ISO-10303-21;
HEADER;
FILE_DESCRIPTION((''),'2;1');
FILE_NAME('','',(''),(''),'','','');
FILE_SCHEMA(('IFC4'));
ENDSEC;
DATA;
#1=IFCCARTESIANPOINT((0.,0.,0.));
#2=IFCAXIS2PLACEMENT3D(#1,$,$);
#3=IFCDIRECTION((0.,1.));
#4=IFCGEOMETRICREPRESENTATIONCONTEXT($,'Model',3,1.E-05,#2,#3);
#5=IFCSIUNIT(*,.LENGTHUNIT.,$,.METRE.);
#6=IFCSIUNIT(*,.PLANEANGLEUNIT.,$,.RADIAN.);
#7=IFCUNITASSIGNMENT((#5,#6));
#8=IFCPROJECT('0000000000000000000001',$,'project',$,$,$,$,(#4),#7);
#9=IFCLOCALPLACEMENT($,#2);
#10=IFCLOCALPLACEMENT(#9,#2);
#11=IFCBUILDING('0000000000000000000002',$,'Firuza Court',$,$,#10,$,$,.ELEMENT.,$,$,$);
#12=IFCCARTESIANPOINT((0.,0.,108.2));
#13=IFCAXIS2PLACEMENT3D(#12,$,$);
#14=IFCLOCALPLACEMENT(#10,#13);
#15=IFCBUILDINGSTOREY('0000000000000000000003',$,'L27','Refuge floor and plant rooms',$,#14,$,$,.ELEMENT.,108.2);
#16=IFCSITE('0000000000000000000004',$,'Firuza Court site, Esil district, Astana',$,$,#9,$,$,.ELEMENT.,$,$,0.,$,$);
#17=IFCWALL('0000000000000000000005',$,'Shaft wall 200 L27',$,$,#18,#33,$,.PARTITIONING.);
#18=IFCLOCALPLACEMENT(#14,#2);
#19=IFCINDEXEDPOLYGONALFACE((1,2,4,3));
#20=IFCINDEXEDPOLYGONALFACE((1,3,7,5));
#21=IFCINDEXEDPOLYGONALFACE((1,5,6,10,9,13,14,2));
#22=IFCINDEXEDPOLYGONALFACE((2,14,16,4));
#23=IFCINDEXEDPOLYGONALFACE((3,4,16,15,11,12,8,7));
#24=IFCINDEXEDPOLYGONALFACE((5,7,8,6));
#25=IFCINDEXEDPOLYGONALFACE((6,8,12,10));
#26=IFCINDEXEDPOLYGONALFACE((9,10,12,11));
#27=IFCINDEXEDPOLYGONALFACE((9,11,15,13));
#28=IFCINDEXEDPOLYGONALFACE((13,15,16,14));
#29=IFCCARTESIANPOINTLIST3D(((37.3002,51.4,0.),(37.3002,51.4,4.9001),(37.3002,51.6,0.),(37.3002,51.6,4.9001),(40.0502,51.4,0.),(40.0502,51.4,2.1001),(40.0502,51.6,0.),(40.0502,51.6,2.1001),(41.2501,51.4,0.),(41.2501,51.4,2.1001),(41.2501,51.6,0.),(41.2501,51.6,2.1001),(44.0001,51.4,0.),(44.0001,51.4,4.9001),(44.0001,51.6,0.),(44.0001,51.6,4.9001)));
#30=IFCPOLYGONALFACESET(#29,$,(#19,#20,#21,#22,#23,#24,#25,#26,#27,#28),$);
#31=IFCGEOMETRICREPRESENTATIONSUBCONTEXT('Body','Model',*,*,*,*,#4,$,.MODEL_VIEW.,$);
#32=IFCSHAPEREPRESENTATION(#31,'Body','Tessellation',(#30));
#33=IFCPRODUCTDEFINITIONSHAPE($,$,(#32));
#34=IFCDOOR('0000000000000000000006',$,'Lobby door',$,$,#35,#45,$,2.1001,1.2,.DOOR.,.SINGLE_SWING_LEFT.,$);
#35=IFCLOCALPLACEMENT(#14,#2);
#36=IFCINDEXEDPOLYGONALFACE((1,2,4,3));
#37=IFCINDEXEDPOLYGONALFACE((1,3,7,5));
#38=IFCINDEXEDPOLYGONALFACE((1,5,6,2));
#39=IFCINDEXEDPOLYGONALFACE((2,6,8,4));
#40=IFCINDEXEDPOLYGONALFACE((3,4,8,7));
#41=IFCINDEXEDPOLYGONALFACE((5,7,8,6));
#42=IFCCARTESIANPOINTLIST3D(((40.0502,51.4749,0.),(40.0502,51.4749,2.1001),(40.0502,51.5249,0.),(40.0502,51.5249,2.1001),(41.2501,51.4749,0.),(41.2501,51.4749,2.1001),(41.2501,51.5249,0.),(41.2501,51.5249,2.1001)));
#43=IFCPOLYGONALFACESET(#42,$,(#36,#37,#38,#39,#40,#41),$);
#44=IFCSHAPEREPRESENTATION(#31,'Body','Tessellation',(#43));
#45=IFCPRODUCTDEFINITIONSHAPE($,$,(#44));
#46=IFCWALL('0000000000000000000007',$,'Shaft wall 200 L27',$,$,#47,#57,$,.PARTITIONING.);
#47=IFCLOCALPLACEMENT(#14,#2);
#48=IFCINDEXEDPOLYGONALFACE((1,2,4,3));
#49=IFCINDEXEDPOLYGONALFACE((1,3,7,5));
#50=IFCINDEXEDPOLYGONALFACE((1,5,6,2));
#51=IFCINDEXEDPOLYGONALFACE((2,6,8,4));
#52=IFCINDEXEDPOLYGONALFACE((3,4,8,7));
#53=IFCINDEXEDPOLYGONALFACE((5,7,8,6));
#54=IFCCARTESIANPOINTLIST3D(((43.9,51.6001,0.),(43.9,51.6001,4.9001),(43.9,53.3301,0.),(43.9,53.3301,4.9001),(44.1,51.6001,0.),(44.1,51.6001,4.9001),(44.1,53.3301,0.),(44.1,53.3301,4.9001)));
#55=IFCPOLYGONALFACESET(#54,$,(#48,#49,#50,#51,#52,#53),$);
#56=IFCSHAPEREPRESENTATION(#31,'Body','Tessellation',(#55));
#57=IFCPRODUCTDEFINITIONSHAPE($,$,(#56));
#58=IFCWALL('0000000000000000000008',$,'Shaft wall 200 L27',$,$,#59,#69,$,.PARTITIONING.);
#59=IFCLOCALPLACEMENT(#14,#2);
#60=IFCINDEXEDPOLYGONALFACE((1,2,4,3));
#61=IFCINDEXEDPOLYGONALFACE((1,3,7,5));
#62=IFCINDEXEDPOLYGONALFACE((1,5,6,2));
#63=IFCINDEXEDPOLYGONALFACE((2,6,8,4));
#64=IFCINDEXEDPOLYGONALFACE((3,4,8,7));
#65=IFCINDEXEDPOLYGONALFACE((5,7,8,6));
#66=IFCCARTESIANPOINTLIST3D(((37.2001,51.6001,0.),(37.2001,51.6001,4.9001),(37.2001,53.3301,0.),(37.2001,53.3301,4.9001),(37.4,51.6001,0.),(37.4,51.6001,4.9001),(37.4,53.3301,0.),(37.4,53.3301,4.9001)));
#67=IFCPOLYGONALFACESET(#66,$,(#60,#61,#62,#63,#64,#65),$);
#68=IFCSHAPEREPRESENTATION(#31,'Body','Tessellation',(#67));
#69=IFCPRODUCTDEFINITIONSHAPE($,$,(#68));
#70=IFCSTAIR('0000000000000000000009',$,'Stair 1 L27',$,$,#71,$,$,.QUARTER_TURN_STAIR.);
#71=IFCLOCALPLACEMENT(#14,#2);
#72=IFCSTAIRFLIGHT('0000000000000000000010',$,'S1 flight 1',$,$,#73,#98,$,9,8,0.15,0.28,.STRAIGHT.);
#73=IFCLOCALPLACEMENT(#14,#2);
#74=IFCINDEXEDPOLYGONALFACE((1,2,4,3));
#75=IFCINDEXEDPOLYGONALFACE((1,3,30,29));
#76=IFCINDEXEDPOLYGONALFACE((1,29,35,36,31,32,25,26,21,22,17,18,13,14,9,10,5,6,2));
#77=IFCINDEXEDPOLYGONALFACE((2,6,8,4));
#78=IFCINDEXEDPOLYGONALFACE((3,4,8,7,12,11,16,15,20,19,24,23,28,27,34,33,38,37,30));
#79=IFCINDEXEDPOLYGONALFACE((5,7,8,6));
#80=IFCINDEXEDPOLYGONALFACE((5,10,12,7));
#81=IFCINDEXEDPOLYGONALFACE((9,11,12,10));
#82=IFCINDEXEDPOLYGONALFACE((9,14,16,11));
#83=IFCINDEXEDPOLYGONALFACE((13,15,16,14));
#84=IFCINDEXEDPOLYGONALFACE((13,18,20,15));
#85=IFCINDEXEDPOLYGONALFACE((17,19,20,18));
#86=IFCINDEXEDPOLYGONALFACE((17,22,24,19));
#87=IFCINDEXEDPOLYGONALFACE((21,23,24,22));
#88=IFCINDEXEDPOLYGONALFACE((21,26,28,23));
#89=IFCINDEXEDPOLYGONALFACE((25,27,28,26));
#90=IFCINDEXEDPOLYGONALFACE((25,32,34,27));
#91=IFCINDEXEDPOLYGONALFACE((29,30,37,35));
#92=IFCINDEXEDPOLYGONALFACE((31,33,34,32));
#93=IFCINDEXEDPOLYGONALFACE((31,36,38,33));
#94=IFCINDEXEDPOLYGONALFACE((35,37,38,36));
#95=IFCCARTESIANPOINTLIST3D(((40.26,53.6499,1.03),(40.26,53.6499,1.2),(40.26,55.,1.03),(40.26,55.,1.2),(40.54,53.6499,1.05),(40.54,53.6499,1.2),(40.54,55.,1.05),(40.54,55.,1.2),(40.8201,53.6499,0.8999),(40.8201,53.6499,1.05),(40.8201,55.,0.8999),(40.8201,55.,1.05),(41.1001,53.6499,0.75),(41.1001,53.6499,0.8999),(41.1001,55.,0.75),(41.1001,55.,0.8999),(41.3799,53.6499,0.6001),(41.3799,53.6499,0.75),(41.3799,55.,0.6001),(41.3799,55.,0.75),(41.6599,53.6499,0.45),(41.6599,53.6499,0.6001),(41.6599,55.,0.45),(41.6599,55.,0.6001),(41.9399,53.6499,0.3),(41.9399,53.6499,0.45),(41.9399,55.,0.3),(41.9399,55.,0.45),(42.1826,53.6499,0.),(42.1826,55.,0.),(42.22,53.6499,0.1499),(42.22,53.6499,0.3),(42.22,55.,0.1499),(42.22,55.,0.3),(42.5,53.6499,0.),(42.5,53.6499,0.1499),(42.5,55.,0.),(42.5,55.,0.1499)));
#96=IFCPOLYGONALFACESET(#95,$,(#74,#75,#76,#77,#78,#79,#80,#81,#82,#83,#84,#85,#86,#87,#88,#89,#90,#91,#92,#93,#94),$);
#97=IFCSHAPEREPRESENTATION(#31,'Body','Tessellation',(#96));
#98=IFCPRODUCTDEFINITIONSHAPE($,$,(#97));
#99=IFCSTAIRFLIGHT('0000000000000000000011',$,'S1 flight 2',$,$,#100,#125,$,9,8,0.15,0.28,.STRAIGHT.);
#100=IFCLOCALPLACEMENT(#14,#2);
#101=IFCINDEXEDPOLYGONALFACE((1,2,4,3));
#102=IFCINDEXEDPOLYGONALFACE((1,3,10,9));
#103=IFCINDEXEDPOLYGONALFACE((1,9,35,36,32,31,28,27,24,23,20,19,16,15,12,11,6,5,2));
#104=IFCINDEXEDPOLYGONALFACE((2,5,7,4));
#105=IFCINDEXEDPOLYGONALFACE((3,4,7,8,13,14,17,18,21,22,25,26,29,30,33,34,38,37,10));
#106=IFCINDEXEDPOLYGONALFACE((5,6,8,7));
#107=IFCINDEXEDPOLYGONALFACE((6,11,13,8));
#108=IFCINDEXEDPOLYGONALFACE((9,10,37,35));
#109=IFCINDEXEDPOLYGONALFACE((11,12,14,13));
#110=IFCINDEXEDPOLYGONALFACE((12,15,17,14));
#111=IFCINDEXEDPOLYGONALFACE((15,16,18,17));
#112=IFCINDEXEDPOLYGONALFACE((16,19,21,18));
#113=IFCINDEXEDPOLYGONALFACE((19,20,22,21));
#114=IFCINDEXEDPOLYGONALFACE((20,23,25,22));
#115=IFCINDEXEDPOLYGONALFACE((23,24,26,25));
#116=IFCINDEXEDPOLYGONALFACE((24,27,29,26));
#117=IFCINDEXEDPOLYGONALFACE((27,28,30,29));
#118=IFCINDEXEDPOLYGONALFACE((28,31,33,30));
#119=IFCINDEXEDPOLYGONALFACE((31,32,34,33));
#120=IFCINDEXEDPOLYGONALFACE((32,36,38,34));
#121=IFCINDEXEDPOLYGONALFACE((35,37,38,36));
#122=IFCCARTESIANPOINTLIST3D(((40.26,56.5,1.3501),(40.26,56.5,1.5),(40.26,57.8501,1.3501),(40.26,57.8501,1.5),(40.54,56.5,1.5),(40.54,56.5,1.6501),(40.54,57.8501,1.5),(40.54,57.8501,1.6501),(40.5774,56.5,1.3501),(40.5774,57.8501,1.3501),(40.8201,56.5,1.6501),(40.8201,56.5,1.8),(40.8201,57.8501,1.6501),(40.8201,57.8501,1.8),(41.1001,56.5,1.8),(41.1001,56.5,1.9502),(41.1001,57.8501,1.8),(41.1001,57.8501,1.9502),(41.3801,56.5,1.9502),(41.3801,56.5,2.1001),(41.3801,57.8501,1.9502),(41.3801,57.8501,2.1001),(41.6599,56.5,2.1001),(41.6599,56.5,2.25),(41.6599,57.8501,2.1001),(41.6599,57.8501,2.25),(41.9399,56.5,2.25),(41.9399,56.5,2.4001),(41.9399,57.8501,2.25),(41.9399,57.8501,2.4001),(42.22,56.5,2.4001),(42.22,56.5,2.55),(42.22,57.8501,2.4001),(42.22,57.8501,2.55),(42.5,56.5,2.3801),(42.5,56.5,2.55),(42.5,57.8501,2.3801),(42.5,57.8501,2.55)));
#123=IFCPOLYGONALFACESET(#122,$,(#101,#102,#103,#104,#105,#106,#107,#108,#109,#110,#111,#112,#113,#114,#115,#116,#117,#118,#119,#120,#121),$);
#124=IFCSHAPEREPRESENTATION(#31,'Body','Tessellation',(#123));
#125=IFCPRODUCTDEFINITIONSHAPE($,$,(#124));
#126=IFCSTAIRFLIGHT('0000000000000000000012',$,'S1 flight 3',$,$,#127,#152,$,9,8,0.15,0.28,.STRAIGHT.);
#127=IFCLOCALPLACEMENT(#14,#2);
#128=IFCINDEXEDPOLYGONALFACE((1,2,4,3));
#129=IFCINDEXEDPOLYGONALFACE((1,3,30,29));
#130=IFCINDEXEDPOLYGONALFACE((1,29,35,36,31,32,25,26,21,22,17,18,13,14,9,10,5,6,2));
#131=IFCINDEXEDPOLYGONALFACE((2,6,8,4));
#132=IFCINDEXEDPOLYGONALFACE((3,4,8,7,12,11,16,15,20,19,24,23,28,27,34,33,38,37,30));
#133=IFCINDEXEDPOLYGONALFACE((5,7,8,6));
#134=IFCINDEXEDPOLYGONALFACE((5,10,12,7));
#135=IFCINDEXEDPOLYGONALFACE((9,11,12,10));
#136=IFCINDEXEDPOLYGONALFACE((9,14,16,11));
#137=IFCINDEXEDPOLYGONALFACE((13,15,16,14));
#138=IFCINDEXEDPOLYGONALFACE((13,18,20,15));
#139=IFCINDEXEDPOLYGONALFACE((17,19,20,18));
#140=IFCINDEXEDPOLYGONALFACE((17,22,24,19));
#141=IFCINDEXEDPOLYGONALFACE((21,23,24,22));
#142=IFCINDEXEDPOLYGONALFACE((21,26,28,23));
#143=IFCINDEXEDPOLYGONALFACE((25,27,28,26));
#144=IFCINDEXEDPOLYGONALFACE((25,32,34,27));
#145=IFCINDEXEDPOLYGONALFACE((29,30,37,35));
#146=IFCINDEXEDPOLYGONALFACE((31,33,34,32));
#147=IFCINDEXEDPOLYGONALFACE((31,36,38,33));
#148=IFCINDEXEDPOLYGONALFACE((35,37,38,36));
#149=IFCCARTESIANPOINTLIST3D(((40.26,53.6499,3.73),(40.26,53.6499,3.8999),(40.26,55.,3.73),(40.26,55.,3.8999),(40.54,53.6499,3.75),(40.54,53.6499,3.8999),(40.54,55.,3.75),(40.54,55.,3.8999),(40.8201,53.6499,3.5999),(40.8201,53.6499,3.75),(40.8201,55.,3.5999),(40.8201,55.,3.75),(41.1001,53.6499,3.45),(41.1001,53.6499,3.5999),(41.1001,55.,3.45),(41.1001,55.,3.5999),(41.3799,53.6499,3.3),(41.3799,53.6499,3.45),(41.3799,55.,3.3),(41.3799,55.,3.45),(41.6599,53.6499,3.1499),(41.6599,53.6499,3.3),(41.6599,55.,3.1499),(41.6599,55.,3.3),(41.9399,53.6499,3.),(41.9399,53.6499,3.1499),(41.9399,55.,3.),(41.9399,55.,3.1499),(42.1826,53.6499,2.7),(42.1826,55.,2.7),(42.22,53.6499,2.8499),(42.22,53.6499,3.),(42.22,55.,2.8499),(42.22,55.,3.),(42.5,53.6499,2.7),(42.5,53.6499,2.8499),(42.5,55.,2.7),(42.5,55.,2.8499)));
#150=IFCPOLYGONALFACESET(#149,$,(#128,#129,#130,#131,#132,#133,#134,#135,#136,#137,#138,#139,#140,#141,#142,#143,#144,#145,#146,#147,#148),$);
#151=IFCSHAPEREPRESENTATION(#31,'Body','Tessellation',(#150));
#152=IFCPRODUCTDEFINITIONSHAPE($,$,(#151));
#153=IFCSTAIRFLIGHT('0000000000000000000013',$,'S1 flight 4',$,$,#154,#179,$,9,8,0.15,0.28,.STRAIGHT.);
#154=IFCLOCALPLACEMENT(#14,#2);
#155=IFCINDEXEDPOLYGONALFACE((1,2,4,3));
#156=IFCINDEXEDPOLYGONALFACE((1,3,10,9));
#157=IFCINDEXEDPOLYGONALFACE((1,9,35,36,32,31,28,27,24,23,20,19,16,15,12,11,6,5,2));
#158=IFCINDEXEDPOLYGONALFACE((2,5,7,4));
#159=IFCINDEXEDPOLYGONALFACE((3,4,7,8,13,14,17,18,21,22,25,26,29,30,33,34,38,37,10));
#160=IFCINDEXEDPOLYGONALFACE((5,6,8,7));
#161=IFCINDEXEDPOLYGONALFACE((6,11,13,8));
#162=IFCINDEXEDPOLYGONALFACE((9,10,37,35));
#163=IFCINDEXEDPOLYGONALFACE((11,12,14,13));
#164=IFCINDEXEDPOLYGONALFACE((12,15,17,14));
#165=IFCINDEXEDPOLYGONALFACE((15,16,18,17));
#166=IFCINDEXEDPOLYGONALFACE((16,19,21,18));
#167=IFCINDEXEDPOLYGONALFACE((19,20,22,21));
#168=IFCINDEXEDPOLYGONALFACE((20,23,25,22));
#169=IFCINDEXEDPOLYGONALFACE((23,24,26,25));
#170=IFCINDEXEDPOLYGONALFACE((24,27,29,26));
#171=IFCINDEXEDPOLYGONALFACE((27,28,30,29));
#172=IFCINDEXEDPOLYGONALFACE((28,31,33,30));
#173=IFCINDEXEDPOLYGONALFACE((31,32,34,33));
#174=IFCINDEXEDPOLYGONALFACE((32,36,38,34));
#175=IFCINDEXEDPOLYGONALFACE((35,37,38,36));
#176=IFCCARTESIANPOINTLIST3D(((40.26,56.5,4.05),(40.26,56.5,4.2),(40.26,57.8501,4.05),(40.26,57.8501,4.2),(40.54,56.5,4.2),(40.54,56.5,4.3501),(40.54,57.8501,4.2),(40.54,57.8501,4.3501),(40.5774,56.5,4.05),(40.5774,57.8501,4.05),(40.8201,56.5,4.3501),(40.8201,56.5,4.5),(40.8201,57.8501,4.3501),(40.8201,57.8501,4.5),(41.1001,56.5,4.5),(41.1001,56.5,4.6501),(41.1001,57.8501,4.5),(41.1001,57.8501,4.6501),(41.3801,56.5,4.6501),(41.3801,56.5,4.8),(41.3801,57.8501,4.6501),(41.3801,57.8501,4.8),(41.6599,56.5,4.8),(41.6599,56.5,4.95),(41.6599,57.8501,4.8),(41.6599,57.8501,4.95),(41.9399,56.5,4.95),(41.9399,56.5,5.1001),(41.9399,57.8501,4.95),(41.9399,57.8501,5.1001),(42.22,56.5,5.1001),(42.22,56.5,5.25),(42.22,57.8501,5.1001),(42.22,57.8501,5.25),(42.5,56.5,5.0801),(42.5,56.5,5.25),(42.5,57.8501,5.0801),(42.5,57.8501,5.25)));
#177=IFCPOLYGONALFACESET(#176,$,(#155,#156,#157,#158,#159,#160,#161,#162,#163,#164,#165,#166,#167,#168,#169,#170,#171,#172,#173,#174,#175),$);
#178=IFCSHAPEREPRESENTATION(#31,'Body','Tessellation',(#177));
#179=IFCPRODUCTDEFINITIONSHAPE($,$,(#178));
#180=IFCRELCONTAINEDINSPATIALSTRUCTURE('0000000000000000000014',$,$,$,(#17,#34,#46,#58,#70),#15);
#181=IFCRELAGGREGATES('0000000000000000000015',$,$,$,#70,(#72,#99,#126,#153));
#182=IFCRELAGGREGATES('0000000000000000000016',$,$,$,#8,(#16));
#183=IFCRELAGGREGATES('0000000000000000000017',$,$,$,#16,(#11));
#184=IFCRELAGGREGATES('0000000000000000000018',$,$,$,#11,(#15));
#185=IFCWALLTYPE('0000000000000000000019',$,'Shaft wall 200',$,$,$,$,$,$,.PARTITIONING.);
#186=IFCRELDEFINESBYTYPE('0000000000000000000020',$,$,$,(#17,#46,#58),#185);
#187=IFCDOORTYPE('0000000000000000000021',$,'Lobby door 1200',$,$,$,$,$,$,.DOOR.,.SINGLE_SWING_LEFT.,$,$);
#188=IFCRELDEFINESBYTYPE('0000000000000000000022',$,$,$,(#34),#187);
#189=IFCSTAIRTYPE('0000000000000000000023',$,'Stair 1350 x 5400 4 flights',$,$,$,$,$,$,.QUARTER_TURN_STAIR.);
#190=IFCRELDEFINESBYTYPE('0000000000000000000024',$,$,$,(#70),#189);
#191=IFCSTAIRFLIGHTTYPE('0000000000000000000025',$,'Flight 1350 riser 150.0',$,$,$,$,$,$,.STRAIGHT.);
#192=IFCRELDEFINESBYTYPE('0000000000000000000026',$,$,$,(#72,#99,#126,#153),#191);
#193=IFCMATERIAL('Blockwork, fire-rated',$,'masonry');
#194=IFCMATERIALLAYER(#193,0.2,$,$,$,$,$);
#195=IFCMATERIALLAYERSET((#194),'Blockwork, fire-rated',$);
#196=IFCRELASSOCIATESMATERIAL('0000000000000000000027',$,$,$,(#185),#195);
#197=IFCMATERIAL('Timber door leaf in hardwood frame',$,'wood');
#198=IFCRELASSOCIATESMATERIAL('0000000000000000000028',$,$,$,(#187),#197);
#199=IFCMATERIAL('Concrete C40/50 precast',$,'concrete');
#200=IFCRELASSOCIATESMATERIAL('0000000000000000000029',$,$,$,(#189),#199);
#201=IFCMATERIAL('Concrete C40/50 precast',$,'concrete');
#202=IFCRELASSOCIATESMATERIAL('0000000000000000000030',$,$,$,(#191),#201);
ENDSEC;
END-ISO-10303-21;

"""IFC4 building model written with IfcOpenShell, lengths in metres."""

from ifc_helpers import new_model, si_unit, direction, frame, frame_2d, origin, place, context, subcontext, project, spatial, polyline, rectangle, outline, extrude, material, layer, layer_set, type_object, element, fill, aggregate, save


model = new_model("IFC4")

# Units and contexts
model_context = context("Model", 3, precision=1e-05, world=origin(), true_north=direction((0.0, 1.0)))
body_context = subcontext(model_context, "Body", "Model", "MODEL_VIEW")
ifc_project = project(units=[si_unit("LENGTHUNIT", "METRE"), si_unit("PLANEANGLEUNIT", "RADIAN")], contexts=[model_context])

# Site, building, storey
site_placement = place(None, origin())
site = spatial("IfcSite", under=ifc_project, at=site_placement, Name="Firuza Court site, Esil district, Astana", CompositionType="ELEMENT", RefElevation=0.0)
building_placement = place(site_placement, origin())
building = spatial("IfcBuilding", under=site, at=building_placement, Name="Firuza Court", CompositionType="ELEMENT")
storey_placement = place(building_placement, frame((0.0, 0.0, 108.2)))
storey = spatial("IfcBuildingStorey", under=building, at=storey_placement, Name="L27", Description="Refuge floor and plant rooms", CompositionType="ELEMENT", Elevation=108.2)

# Shared definitions
ifc_material_1 = material(Name="Blockwork, fire-rated", Category="masonry")

# Wall, opening, door
ifc_layer_1 = layer(ifc_material_1, 0.2)
ifc_layer_set_1 = layer_set([ifc_layer_1], Name="Blockwork, fire-rated")
wall_type_1 = type_object("IfcWallType", Name="Shaft wall 200", PredefinedType="PARTITIONING", material=ifc_layer_set_1)
wall_1_placement = place(storey_placement, frame((37.3, 51.5, 0.0), z_axis=(0.0, 0.0, 1.0), x_axis=(1.0, 0.0, 0.0)))
wall_1 = element("IfcWall", 1, at=wall_1_placement, inside=storey, type_object=wall_type_1, Name="Shaft wall 200 L27", PredefinedType="PARTITIONING", context=body_context, shape_type="SweptSolid", body=[
    extrude(rectangle(XDim=6.7, YDim=0.2, at=frame_2d((3.3501, 0.0))), origin(), (0.0, 0.0, 1.0), 4.9001),
])
opening_1_placement = place(wall_1_placement, frame((2.75, 0.0, 0.0)))
opening_1 = element("IfcOpeningElement", 2, at=opening_1_placement, cuts=wall_1, PredefinedType="OPENING", context=body_context, shape_type="SweptSolid", body=[
    extrude(rectangle(XDim=1.2, YDim=2.1001, at=frame_2d((0.6001, 1.05))), frame((0.0, 0.1118, 0.0), z_axis=(0.0, -1.0, 0.0), x_axis=(1.0, 0.0, 0.0)), (0.0, 0.0, 1.0), 0.2239),
])
ifc_material_2 = material(Name="Timber door leaf in hardwood frame", Category="wood")
door_type_1 = type_object("IfcDoorType", Name="Lobby door 1200", OperationType="SINGLE_SWING_LEFT", PredefinedType="DOOR", material=ifc_material_2)
door_1_placement = place(opening_1_placement, origin())
door_1 = element("IfcDoor", 3, at=door_1_placement, inside=storey, type_object=door_type_1, Name="Lobby door", OperationType="SINGLE_SWING_LEFT", OverallHeight=2.1001, OverallWidth=1.2, PredefinedType="DOOR", context=body_context, shape_type="SweptSolid", body=[
    extrude(rectangle(XDim=1.2, YDim=2.1001, at=frame_2d((0.6001, 1.05))), frame((0.0, 0.0249, 0.0), z_axis=(0.0, -1.0, 0.0), x_axis=(1.0, 0.0, 0.0)), (0.0, 0.0, 1.0), 0.05),
])
fill(opening_1, door_1)

# Walls
for number, where, z_axis, x_axis, name in (
    (4, (44.0, 51.6001, 0.0), (0.0, 0.0, 1.0), (0.0, 1.0, 0.0), "Shaft wall 200 L27"),
    (5, (37.3, 51.6001, 0.0), (0.0, 0.0, 1.0), (0.0, 1.0, 0.0), "Shaft wall 200 L27"),
):
    element("IfcWall", number, at=place(storey_placement, frame(where, z_axis=z_axis, x_axis=x_axis)), inside=storey, type_object=wall_type_1, Name=name, PredefinedType="PARTITIONING", context=body_context, shape_type="SweptSolid", body=[
        extrude(rectangle(XDim=1.73, YDim=0.2, at=frame_2d((0.865, 0.0))), origin(), (0.0, 0.0, 1.0), 4.9001),
    ])

# Stair, stair flights
ifc_material_3 = material(Name="Concrete C40/50 precast", Category="concrete")
stair_type = type_object("IfcStairType", Name="Stair 1350 x 5400 4 flights", PredefinedType="QUARTER_TURN_STAIR", material=ifc_material_3)
stair_placement = place(storey_placement, origin())
stair = element("IfcStair", 6, at=stair_placement, inside=storey, type_object=stair_type, Name="Stair 1 L27", PredefinedType="QUARTER_TURN_STAIR")
ifc_material_4 = material(Name="Concrete C40/50 precast", Category="concrete")
stair_flight_type = type_object("IfcStairFlightType", Name="Flight 1350 riser 150.0", PredefinedType="STRAIGHT", material=ifc_material_4)
stair_flight_1_placement = place(storey_placement, frame((42.5, 54.325, 0.0), z_axis=(0.0, 0.0, 1.0), x_axis=(-1.0, 0.0, 0.0)))
stair_flight_1 = element("IfcStairFlight", 7, at=stair_flight_1_placement, type_object=stair_flight_type, Name="S1 flight 1", NumberOfRisers=9, NumberOfTreads=8, PredefinedType="STRAIGHT", RiserHeight=0.15, TreadLength=0.28, context=body_context, shape_type="SweptSolid", body=[
    extrude(outline(polyline([(0.0, 0.0), (0.0, 0.1499), (0.28, 0.1499), (0.28, 0.3), (0.5601, 0.3), (0.5601, 0.45), (0.8401, 0.45), (0.8401, 0.6001), (1.1201, 0.6001), (1.1201, 0.75), (1.3999, 0.75), (1.3999, 0.8999), (1.6799, 0.8999), (1.6799, 1.05), (1.96, 1.05), (1.96, 1.2), (2.24, 1.2), (2.24, 1.3501), (2.24, 1.03), (0.3174, 0.0), (0.0, 0.0)])), frame((0.0, 0.675, 0.0), z_axis=(0.0, -1.0, 0.0), x_axis=(1.0, 0.0, 0.0)), (0.0, 0.0, 1.0), 1.3501),
])
stair_flight_2_placement = place(storey_placement, frame((40.26, 57.175, 1.3501), z_axis=(0.0, 0.0, 1.0), x_axis=(1.0, 0.0, 0.0)))
stair_flight_2 = element("IfcStairFlight", 8, at=stair_flight_2_placement, type_object=stair_flight_type, Name="S1 flight 2", NumberOfRisers=9, NumberOfTreads=8, PredefinedType="STRAIGHT", RiserHeight=0.15, TreadLength=0.28, context=body_context, shape_type="SweptSolid", body=[
    extrude(outline(polyline([(0.0, 0.0), (0.0, 0.1499), (0.28, 0.1499), (0.28, 0.3), (0.5601, 0.3), (0.5601, 0.45), (0.8401, 0.45), (0.8401, 0.6001), (1.1201, 0.6001), (1.1201, 0.75), (1.3999, 0.75), (1.3999, 0.8999), (1.6799, 0.8999), (1.6799, 1.05), (1.96, 1.05), (1.96, 1.2), (2.24, 1.2), (2.24, 1.3501), (2.24, 1.03), (0.3174, 0.0), (0.0, 0.0)])), frame((0.0, 0.675, 0.0), z_axis=(0.0, -1.0, 0.0), x_axis=(1.0, 0.0, 0.0)), (0.0, 0.0, 1.0), 1.3501),
])
stair_flight_3_placement = place(storey_placement, frame((42.5, 54.325, 2.7), z_axis=(0.0, 0.0, 1.0), x_axis=(-1.0, 0.0, 0.0)))
stair_flight_3 = element("IfcStairFlight", 9, at=stair_flight_3_placement, type_object=stair_flight_type, Name="S1 flight 3", NumberOfRisers=9, NumberOfTreads=8, PredefinedType="STRAIGHT", RiserHeight=0.15, TreadLength=0.28, context=body_context, shape_type="SweptSolid", body=[
    extrude(outline(polyline([(0.0, 0.0), (0.0, 0.1499), (0.28, 0.1499), (0.28, 0.3), (0.5601, 0.3), (0.5601, 0.45), (0.8401, 0.45), (0.8401, 0.6001), (1.1201, 0.6001), (1.1201, 0.75), (1.3999, 0.75), (1.3999, 0.8999), (1.6799, 0.8999), (1.6799, 1.05), (1.96, 1.05), (1.96, 1.2), (2.24, 1.2), (2.24, 1.3501), (2.24, 1.03), (0.3174, 0.0), (0.0, 0.0)])), frame((0.0, 0.675, 0.0), z_axis=(0.0, -1.0, 0.0), x_axis=(1.0, 0.0, 0.0)), (0.0, 0.0, 1.0), 1.3501),
])
stair_flight_4_placement = place(storey_placement, frame((40.26, 57.175, 4.05), z_axis=(0.0, 0.0, 1.0), x_axis=(1.0, 0.0, 0.0)))
stair_flight_4 = element("IfcStairFlight", 10, at=stair_flight_4_placement, type_object=stair_flight_type, Name="S1 flight 4", NumberOfRisers=9, NumberOfTreads=8, PredefinedType="STRAIGHT", RiserHeight=0.15, TreadLength=0.28, context=body_context, shape_type="SweptSolid", body=[
    extrude(outline(polyline([(0.0, 0.0), (0.0, 0.1499), (0.28, 0.1499), (0.28, 0.3), (0.5601, 0.3), (0.5601, 0.45), (0.8401, 0.45), (0.8401, 0.6001), (1.1201, 0.6001), (1.1201, 0.75), (1.3999, 0.75), (1.3999, 0.8999), (1.6799, 0.8999), (1.6799, 1.05), (1.96, 1.05), (1.96, 1.2), (2.24, 1.2), (2.24, 1.3501), (2.24, 1.03), (0.3174, 0.0), (0.0, 0.0)])), frame((0.0, 0.675, 0.0), z_axis=(0.0, -1.0, 0.0), x_axis=(1.0, 0.0, 0.0)), (0.0, 0.0, 1.0), 1.3501),
])
aggregate(stair, [stair_flight_1, stair_flight_2, stair_flight_3, stair_flight_4])

save(model, "model.ifc")
